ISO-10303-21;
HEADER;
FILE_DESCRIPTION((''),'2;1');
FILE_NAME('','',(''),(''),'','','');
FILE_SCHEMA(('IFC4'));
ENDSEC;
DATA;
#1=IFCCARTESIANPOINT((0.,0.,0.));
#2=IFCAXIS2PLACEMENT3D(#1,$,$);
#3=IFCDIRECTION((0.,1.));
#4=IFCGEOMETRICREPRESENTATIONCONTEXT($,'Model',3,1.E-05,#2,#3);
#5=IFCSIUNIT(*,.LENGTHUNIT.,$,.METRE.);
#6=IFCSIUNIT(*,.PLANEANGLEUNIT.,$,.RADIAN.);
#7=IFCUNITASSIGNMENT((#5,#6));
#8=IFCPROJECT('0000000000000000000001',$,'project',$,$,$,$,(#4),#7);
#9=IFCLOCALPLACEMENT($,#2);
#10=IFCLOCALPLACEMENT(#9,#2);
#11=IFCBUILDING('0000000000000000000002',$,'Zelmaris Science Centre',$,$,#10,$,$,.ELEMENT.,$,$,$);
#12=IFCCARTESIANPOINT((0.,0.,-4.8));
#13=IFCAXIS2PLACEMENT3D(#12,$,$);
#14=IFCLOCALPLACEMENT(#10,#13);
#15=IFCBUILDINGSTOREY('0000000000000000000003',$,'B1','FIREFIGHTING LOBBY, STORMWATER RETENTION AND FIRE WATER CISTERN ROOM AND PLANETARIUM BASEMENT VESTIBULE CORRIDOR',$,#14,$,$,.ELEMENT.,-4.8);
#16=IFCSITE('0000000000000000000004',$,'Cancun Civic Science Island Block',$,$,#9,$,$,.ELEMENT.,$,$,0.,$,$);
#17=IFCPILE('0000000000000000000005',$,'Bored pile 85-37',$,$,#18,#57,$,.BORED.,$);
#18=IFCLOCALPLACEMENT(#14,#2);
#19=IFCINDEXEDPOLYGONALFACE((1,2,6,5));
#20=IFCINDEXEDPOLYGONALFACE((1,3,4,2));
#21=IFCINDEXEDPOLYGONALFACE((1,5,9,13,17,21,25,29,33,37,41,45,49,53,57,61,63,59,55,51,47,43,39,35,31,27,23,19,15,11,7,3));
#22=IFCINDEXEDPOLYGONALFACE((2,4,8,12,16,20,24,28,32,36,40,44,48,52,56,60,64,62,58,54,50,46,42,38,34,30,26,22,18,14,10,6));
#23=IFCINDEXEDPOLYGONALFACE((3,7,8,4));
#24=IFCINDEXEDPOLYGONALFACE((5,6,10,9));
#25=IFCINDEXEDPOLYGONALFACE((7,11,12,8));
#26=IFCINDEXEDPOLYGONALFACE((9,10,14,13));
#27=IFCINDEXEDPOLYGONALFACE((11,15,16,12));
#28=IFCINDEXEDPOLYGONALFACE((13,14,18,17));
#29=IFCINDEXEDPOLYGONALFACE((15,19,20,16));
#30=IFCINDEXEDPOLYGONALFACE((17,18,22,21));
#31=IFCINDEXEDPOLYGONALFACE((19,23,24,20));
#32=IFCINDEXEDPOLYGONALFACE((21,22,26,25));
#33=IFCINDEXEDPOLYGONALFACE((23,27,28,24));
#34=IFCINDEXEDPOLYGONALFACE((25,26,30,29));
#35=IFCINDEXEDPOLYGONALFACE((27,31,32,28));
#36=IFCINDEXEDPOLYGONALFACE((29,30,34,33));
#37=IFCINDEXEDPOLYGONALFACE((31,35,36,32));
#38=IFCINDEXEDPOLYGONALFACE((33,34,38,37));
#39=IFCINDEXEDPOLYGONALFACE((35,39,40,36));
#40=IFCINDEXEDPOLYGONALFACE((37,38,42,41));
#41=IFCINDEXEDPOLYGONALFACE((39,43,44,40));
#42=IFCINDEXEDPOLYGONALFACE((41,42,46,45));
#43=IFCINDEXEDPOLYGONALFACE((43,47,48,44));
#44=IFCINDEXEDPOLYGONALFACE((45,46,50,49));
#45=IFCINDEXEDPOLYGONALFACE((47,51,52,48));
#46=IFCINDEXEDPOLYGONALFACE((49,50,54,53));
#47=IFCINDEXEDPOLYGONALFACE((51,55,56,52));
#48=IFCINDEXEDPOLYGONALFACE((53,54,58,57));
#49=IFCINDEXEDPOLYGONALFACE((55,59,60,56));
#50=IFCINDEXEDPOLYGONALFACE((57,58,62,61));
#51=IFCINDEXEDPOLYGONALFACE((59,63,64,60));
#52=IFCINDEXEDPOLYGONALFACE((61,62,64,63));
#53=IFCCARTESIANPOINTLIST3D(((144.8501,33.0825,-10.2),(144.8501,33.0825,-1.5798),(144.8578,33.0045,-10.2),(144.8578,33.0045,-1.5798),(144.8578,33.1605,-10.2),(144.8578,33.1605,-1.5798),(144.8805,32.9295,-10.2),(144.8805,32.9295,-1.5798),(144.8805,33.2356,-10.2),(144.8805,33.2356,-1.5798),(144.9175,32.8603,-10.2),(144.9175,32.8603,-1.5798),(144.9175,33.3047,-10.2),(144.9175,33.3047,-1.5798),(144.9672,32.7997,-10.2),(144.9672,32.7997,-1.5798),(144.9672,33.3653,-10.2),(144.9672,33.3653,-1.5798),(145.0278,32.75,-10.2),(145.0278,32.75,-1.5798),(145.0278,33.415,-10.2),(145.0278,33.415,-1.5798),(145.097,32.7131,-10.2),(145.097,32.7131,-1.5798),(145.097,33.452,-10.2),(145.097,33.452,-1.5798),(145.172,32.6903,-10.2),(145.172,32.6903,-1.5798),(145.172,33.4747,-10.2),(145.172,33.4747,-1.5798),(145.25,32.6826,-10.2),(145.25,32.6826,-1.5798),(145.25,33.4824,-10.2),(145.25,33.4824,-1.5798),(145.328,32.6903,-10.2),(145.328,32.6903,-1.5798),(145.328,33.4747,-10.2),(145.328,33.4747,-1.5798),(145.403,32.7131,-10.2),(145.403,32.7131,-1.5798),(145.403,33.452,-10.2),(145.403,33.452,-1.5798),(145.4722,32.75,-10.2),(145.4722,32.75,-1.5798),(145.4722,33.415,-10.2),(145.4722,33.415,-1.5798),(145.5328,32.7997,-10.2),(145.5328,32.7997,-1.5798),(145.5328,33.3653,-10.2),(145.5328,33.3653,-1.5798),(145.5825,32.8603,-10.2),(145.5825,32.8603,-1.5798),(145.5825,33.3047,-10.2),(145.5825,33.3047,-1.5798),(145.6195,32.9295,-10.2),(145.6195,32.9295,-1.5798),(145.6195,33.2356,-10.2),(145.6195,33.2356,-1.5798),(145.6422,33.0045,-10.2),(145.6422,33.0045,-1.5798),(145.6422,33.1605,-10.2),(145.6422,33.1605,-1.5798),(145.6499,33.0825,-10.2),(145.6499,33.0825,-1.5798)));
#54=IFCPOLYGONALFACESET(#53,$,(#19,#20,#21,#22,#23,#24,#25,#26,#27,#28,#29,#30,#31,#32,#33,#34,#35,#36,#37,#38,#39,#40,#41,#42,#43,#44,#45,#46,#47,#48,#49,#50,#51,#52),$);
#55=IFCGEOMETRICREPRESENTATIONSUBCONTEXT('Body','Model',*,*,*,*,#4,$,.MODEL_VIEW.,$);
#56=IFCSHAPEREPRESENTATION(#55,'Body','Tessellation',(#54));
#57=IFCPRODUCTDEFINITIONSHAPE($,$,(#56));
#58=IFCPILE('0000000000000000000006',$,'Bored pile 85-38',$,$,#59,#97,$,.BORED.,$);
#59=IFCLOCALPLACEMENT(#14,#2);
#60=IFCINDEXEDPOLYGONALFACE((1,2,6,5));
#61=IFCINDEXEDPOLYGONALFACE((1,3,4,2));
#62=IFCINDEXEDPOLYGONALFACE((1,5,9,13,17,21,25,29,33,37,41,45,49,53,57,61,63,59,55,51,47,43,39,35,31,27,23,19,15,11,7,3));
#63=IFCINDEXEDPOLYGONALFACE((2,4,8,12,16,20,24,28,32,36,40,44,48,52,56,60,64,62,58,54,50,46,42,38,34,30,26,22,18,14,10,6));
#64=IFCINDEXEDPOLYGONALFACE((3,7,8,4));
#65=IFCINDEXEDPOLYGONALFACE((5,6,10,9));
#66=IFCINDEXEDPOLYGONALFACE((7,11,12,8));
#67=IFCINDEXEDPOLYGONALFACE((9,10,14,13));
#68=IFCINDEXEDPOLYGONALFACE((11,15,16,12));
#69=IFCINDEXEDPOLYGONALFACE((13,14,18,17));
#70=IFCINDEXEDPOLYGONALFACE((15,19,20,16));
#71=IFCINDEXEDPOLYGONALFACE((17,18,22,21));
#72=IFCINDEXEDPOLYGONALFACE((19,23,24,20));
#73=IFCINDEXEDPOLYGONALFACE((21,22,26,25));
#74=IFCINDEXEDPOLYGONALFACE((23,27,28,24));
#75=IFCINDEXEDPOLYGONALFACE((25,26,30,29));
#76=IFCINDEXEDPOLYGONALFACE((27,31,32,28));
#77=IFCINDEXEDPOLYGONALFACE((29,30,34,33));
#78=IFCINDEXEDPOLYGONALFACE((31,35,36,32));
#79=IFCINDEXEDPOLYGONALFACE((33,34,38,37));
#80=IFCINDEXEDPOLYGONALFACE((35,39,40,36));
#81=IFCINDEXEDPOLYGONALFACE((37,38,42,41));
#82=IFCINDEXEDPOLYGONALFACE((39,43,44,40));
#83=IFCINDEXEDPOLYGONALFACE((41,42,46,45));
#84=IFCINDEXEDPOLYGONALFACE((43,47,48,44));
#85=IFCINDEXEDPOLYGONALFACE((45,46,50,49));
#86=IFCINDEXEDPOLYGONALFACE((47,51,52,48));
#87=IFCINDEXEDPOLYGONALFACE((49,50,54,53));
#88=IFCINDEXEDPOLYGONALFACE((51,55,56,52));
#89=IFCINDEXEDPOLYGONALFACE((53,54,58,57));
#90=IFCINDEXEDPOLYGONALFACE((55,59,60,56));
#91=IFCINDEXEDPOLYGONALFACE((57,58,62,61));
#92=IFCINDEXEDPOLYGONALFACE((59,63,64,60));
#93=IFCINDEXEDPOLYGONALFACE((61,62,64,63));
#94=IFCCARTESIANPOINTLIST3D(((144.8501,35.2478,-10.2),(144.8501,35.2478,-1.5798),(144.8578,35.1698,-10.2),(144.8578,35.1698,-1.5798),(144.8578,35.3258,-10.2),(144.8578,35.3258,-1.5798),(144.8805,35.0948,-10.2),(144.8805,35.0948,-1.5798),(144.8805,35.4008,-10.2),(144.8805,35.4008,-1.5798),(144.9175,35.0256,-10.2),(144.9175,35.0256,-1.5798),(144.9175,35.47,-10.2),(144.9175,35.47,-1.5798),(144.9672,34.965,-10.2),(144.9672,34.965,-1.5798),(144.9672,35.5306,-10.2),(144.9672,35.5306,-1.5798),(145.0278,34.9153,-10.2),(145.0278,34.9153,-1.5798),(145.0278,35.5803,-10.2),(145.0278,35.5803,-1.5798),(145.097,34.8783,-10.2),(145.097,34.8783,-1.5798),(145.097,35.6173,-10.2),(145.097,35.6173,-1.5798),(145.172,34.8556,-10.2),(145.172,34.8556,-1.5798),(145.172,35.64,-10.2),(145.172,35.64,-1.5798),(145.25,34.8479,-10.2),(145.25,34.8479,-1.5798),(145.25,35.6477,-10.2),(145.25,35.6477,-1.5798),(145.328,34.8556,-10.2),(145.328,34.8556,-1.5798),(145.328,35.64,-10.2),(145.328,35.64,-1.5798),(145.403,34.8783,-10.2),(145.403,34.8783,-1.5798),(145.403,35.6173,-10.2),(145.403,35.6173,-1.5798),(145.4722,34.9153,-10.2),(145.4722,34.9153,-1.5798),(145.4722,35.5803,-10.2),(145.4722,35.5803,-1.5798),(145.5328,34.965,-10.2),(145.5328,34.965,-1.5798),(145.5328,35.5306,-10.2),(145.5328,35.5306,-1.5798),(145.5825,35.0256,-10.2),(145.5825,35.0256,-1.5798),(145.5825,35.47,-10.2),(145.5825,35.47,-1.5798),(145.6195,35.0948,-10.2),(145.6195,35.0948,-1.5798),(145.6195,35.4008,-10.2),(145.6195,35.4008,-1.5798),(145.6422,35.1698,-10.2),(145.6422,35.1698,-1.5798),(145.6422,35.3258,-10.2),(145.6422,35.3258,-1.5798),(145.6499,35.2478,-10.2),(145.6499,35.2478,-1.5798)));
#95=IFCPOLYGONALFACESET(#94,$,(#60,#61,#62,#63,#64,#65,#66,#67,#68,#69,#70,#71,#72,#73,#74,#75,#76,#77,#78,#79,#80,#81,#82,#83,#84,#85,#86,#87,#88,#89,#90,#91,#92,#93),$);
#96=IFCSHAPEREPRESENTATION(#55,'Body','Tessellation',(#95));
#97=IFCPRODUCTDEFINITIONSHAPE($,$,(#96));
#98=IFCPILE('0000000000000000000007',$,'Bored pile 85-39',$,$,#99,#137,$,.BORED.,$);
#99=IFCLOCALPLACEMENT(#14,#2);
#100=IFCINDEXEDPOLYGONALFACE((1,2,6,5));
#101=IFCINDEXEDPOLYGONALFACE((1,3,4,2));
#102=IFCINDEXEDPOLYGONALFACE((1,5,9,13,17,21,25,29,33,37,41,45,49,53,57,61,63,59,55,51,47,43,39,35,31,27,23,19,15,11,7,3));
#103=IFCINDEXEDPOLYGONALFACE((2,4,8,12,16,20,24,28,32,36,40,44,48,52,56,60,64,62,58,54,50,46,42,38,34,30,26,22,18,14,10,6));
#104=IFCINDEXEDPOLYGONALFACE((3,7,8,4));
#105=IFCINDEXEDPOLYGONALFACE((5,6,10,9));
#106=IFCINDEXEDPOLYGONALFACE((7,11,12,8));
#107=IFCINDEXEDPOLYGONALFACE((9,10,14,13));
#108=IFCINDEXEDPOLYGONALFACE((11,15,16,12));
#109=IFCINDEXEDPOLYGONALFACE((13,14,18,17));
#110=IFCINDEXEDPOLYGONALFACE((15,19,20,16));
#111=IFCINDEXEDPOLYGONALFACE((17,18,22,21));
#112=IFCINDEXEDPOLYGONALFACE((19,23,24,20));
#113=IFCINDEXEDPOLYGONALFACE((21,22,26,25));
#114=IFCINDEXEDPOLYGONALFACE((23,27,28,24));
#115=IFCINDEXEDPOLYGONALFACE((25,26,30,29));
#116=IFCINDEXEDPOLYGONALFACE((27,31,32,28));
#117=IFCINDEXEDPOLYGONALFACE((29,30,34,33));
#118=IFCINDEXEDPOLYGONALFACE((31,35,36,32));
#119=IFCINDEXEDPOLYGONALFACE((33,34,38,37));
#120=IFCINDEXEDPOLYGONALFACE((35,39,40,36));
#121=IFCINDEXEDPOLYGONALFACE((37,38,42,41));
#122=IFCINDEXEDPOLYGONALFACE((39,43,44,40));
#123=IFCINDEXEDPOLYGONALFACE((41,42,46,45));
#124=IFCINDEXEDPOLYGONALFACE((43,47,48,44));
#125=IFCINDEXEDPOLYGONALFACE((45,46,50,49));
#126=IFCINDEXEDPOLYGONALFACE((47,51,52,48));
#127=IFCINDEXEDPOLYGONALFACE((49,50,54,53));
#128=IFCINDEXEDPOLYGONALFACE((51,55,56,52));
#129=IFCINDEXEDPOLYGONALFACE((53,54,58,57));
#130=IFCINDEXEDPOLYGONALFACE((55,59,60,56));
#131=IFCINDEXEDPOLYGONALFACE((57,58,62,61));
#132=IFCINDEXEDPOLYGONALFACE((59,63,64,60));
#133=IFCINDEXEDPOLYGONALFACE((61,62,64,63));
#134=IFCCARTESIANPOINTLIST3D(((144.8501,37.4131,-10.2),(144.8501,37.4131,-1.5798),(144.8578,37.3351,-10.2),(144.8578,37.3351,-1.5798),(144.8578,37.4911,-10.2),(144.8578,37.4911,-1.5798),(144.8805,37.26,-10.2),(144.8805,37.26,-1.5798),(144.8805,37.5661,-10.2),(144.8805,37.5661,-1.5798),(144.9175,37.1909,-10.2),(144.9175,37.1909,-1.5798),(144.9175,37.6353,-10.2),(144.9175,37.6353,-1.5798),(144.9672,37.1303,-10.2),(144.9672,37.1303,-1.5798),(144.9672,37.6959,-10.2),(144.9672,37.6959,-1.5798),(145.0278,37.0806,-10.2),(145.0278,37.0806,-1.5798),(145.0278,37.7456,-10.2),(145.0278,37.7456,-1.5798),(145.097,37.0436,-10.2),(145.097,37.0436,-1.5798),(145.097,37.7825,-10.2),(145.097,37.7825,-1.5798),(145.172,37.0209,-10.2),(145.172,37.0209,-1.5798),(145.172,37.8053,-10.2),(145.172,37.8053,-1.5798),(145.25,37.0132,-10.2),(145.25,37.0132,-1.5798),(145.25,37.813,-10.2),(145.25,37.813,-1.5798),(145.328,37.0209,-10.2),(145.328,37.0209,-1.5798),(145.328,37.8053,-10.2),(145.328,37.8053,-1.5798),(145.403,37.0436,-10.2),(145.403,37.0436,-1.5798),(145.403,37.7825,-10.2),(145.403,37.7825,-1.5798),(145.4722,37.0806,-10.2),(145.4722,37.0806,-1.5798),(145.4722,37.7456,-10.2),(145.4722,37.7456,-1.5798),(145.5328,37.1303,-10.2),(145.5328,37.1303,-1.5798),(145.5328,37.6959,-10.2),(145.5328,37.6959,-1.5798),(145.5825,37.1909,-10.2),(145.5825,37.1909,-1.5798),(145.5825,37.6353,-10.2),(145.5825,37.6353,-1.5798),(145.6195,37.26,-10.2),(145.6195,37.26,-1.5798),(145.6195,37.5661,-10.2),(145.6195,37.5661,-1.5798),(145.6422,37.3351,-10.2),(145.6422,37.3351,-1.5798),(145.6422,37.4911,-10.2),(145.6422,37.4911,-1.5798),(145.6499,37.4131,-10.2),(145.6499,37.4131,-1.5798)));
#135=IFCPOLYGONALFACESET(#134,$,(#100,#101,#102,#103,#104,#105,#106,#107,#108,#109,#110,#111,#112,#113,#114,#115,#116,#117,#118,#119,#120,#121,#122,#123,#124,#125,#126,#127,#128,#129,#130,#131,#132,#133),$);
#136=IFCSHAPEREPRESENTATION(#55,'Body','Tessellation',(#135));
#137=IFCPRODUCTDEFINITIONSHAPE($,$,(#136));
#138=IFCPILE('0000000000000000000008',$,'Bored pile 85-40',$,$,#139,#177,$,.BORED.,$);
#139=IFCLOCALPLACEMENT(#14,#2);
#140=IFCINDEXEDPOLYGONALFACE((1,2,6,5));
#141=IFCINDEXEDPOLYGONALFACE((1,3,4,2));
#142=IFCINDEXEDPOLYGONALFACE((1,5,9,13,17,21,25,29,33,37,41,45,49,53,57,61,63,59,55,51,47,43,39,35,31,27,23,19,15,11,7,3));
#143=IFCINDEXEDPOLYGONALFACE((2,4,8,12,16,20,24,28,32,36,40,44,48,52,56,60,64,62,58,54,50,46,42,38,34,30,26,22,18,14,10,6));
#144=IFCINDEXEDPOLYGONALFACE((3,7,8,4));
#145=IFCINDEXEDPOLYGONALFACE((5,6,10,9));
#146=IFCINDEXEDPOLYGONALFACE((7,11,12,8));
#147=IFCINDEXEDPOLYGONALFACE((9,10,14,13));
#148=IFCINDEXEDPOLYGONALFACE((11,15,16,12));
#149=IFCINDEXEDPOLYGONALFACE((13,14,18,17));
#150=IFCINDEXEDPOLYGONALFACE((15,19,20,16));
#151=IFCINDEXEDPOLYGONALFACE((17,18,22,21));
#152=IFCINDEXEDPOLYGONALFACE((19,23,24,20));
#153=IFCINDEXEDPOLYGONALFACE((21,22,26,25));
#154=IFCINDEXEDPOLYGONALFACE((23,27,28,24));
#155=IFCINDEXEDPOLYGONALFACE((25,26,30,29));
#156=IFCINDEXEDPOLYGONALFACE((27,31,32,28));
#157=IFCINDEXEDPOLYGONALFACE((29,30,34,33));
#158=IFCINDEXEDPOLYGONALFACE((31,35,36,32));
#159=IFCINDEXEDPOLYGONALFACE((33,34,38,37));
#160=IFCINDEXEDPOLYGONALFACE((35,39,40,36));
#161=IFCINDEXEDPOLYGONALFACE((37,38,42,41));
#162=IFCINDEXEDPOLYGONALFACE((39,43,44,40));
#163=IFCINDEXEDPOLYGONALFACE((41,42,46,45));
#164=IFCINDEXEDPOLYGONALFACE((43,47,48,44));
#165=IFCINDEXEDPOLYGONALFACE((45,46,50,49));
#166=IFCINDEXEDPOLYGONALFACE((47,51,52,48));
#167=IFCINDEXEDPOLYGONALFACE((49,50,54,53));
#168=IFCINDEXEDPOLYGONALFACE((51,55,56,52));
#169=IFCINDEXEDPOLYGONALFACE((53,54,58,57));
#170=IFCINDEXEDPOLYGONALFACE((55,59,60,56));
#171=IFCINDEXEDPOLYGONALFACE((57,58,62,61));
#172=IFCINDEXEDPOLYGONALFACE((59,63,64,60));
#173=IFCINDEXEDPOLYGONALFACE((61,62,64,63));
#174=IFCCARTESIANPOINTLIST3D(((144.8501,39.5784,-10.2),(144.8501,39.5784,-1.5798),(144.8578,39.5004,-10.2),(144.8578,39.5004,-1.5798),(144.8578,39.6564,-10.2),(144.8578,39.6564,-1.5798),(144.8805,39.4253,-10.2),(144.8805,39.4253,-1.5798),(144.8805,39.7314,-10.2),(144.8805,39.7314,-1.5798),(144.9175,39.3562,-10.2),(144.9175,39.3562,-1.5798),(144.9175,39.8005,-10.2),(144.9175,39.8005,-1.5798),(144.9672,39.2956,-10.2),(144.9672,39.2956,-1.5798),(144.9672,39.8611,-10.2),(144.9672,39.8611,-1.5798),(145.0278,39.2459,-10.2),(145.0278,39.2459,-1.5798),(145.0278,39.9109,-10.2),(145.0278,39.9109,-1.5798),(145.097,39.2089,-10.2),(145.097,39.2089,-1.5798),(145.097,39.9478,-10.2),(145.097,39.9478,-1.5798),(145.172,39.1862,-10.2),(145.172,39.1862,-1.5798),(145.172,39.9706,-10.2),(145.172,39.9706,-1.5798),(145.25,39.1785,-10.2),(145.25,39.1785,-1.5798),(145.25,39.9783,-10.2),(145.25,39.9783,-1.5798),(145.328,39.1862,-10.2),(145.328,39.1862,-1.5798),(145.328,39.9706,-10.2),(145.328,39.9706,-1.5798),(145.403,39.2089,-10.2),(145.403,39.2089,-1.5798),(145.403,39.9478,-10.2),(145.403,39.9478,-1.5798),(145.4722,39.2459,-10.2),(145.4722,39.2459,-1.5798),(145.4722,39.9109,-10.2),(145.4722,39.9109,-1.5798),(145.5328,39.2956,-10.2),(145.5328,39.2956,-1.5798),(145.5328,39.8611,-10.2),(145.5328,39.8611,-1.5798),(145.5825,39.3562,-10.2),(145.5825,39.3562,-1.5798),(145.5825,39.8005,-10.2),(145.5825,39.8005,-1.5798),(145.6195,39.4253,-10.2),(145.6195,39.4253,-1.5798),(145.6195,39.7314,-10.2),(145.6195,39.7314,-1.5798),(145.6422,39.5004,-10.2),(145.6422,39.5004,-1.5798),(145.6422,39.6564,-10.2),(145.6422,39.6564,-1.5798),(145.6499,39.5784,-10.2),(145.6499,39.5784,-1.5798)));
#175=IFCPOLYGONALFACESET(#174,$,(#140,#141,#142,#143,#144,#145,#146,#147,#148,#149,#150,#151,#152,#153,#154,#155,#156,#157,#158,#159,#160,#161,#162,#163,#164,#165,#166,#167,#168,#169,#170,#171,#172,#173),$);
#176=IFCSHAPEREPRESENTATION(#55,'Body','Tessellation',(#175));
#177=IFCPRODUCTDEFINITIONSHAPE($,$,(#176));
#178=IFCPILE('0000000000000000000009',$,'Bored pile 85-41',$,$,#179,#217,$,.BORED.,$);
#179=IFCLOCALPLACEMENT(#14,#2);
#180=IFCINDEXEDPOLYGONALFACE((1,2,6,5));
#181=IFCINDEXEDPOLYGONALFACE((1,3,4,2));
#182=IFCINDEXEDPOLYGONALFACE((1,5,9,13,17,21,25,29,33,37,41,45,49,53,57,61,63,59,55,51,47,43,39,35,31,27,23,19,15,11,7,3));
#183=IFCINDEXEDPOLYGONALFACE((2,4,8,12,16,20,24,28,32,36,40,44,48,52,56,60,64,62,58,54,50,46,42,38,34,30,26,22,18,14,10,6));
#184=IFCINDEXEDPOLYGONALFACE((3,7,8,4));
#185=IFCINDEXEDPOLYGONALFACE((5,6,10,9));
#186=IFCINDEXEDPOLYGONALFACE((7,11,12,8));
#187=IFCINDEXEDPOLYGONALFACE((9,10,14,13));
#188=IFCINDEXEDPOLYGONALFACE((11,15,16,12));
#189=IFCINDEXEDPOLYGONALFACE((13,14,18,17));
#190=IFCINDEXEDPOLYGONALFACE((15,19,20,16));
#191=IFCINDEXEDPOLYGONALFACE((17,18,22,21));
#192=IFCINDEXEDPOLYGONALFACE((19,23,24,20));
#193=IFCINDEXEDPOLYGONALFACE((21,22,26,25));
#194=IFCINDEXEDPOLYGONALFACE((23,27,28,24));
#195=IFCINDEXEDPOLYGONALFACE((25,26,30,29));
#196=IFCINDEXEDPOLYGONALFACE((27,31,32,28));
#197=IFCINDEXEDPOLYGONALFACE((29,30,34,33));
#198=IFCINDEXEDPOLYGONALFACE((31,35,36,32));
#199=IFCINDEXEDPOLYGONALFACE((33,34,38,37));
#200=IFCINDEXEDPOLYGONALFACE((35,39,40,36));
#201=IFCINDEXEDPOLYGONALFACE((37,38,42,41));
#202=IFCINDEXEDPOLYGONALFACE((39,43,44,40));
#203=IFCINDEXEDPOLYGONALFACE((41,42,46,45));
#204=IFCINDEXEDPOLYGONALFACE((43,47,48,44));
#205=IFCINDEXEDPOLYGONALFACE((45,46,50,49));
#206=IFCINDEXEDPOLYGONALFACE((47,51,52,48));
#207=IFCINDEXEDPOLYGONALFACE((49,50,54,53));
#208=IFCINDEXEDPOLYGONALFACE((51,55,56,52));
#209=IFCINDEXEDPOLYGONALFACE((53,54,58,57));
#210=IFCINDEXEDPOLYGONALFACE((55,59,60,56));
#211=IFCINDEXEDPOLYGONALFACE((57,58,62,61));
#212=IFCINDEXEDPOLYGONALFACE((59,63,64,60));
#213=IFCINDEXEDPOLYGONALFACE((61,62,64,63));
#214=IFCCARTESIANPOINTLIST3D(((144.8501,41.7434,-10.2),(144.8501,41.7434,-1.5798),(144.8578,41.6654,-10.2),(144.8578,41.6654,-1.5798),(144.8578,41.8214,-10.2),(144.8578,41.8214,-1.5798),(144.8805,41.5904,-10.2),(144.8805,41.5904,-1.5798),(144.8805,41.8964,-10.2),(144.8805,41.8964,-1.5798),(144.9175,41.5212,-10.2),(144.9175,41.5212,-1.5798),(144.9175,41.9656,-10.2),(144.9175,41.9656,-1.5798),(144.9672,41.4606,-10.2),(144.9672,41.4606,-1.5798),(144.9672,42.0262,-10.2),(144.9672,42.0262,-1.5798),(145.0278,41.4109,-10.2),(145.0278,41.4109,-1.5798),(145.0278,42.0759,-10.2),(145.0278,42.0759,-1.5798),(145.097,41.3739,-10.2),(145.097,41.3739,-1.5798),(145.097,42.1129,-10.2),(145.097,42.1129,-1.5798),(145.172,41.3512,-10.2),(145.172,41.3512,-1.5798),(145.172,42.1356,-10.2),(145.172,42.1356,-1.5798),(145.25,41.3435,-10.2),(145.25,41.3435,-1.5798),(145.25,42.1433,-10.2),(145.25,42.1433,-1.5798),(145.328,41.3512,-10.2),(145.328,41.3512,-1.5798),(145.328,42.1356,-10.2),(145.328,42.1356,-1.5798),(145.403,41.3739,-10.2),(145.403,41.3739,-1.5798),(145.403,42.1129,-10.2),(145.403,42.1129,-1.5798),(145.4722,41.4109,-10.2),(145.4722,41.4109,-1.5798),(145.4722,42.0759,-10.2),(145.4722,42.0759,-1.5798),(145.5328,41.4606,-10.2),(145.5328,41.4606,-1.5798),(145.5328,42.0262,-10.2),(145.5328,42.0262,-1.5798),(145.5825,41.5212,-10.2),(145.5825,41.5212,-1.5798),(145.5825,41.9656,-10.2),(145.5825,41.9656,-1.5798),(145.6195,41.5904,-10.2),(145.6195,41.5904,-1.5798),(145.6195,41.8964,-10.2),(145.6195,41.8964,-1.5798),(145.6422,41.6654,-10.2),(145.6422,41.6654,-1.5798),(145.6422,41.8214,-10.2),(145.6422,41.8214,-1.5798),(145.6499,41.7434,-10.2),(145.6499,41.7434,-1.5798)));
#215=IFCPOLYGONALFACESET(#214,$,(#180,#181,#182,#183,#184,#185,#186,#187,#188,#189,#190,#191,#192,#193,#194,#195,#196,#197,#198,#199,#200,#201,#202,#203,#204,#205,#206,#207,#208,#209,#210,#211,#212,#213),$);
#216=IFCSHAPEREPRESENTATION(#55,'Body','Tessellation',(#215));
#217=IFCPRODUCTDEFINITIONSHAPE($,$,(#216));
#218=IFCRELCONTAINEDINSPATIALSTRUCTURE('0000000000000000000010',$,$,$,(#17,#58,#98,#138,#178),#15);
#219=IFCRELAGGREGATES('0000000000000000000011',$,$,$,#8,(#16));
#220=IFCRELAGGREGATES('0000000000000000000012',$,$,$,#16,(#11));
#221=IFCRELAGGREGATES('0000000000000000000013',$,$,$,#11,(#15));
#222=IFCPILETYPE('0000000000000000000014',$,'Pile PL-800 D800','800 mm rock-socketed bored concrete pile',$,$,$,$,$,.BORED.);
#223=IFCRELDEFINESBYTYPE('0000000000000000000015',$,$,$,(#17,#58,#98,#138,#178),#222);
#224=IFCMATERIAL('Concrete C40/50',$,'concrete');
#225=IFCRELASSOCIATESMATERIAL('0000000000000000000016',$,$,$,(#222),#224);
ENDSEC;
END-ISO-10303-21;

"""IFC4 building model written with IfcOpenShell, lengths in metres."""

from ifc_helpers import new_model, si_unit, direction, frame, origin, origin_2d, place, context, subcontext, project, spatial, circle, extrude, material, material_profile, profile_set, type_object, element, save


model = new_model("IFC4")

# Units and contexts
model_context = context("Model", 3, precision=1e-05, world=origin(), true_north=direction((0.0, 1.0)))
body_context = subcontext(model_context, "Body", "Model", "MODEL_VIEW")
ifc_project = project(units=[si_unit("LENGTHUNIT", "METRE"), si_unit("PLANEANGLEUNIT", "RADIAN")], contexts=[model_context])

# Site, building, storey
site_placement = place(None, origin())
site = spatial("IfcSite", under=ifc_project, at=site_placement, Name="Cancun Civic Science Island Block", CompositionType="ELEMENT", RefElevation=0.0)
building_placement = place(site_placement, origin())
building = spatial("IfcBuilding", under=site, at=building_placement, Name="Zelmaris Science Centre", CompositionType="ELEMENT")
storey_placement = place(building_placement, frame((0.0, 0.0, -4.8)))
storey = spatial("IfcBuildingStorey", under=building, at=storey_placement, Name="B1", Description="FIREFIGHTING LOBBY, STORMWATER RETENTION AND FIRE WATER CISTERN ROOM AND PLANETARIUM BASEMENT VESTIBULE CORRIDOR", CompositionType="ELEMENT", Elevation=-4.8)

# Shared definitions
ifc_material_1 = material(Name="Concrete C40/50", Category="concrete")

# Piles
ifc_material_profile_1 = material_profile(ifc_material_1, circle(Radius=0.3999, at=origin_2d()), Name="PILE-800")
ifc_profile_set_1 = profile_set([ifc_material_profile_1], Name="Concrete C40/50")
pile_type_1 = type_object("IfcPileType", Name="Pile PL-800 D800", Description="800 mm rock-socketed bored concrete pile", PredefinedType="BORED", material=ifc_profile_set_1)
for number, where, z_axis, x_axis, name in (
    (1, (145.25, 33.0825, -1.5798), (0.0, 0.0, -1.0), (1.0, 0.0, 0.0), "Bored pile 85-37"),
    (2, (145.25, 35.2478, -1.5798), (0.0, 0.0, -1.0), (1.0, 0.0, 0.0), "Bored pile 85-38"),
    (3, (145.25, 37.4131, -1.5798), (0.0, 0.0, -1.0), (1.0, 0.0, 0.0), "Bored pile 85-39"),
    (4, (145.25, 39.5784, -1.5798), (0.0, 0.0, -1.0), (1.0, 0.0, 0.0), "Bored pile 85-40"),
    (5, (145.25, 41.7434, -1.5798), (0.0, 0.0, -1.0), (1.0, 0.0, 0.0), "Bored pile 85-41"),
):
    element("IfcPile", number, at=place(storey_placement, frame(where, z_axis=z_axis, x_axis=x_axis)), inside=storey, type_object=pile_type_1, Name=name, PredefinedType="BORED", context=body_context, shape_type="SweptSolid", body=[
        extrude(circle(Radius=0.3999, at=origin_2d()), origin(), (0.0, 0.0, 1.0), 8.6201),
    ])

save(model, "model.ifc")
